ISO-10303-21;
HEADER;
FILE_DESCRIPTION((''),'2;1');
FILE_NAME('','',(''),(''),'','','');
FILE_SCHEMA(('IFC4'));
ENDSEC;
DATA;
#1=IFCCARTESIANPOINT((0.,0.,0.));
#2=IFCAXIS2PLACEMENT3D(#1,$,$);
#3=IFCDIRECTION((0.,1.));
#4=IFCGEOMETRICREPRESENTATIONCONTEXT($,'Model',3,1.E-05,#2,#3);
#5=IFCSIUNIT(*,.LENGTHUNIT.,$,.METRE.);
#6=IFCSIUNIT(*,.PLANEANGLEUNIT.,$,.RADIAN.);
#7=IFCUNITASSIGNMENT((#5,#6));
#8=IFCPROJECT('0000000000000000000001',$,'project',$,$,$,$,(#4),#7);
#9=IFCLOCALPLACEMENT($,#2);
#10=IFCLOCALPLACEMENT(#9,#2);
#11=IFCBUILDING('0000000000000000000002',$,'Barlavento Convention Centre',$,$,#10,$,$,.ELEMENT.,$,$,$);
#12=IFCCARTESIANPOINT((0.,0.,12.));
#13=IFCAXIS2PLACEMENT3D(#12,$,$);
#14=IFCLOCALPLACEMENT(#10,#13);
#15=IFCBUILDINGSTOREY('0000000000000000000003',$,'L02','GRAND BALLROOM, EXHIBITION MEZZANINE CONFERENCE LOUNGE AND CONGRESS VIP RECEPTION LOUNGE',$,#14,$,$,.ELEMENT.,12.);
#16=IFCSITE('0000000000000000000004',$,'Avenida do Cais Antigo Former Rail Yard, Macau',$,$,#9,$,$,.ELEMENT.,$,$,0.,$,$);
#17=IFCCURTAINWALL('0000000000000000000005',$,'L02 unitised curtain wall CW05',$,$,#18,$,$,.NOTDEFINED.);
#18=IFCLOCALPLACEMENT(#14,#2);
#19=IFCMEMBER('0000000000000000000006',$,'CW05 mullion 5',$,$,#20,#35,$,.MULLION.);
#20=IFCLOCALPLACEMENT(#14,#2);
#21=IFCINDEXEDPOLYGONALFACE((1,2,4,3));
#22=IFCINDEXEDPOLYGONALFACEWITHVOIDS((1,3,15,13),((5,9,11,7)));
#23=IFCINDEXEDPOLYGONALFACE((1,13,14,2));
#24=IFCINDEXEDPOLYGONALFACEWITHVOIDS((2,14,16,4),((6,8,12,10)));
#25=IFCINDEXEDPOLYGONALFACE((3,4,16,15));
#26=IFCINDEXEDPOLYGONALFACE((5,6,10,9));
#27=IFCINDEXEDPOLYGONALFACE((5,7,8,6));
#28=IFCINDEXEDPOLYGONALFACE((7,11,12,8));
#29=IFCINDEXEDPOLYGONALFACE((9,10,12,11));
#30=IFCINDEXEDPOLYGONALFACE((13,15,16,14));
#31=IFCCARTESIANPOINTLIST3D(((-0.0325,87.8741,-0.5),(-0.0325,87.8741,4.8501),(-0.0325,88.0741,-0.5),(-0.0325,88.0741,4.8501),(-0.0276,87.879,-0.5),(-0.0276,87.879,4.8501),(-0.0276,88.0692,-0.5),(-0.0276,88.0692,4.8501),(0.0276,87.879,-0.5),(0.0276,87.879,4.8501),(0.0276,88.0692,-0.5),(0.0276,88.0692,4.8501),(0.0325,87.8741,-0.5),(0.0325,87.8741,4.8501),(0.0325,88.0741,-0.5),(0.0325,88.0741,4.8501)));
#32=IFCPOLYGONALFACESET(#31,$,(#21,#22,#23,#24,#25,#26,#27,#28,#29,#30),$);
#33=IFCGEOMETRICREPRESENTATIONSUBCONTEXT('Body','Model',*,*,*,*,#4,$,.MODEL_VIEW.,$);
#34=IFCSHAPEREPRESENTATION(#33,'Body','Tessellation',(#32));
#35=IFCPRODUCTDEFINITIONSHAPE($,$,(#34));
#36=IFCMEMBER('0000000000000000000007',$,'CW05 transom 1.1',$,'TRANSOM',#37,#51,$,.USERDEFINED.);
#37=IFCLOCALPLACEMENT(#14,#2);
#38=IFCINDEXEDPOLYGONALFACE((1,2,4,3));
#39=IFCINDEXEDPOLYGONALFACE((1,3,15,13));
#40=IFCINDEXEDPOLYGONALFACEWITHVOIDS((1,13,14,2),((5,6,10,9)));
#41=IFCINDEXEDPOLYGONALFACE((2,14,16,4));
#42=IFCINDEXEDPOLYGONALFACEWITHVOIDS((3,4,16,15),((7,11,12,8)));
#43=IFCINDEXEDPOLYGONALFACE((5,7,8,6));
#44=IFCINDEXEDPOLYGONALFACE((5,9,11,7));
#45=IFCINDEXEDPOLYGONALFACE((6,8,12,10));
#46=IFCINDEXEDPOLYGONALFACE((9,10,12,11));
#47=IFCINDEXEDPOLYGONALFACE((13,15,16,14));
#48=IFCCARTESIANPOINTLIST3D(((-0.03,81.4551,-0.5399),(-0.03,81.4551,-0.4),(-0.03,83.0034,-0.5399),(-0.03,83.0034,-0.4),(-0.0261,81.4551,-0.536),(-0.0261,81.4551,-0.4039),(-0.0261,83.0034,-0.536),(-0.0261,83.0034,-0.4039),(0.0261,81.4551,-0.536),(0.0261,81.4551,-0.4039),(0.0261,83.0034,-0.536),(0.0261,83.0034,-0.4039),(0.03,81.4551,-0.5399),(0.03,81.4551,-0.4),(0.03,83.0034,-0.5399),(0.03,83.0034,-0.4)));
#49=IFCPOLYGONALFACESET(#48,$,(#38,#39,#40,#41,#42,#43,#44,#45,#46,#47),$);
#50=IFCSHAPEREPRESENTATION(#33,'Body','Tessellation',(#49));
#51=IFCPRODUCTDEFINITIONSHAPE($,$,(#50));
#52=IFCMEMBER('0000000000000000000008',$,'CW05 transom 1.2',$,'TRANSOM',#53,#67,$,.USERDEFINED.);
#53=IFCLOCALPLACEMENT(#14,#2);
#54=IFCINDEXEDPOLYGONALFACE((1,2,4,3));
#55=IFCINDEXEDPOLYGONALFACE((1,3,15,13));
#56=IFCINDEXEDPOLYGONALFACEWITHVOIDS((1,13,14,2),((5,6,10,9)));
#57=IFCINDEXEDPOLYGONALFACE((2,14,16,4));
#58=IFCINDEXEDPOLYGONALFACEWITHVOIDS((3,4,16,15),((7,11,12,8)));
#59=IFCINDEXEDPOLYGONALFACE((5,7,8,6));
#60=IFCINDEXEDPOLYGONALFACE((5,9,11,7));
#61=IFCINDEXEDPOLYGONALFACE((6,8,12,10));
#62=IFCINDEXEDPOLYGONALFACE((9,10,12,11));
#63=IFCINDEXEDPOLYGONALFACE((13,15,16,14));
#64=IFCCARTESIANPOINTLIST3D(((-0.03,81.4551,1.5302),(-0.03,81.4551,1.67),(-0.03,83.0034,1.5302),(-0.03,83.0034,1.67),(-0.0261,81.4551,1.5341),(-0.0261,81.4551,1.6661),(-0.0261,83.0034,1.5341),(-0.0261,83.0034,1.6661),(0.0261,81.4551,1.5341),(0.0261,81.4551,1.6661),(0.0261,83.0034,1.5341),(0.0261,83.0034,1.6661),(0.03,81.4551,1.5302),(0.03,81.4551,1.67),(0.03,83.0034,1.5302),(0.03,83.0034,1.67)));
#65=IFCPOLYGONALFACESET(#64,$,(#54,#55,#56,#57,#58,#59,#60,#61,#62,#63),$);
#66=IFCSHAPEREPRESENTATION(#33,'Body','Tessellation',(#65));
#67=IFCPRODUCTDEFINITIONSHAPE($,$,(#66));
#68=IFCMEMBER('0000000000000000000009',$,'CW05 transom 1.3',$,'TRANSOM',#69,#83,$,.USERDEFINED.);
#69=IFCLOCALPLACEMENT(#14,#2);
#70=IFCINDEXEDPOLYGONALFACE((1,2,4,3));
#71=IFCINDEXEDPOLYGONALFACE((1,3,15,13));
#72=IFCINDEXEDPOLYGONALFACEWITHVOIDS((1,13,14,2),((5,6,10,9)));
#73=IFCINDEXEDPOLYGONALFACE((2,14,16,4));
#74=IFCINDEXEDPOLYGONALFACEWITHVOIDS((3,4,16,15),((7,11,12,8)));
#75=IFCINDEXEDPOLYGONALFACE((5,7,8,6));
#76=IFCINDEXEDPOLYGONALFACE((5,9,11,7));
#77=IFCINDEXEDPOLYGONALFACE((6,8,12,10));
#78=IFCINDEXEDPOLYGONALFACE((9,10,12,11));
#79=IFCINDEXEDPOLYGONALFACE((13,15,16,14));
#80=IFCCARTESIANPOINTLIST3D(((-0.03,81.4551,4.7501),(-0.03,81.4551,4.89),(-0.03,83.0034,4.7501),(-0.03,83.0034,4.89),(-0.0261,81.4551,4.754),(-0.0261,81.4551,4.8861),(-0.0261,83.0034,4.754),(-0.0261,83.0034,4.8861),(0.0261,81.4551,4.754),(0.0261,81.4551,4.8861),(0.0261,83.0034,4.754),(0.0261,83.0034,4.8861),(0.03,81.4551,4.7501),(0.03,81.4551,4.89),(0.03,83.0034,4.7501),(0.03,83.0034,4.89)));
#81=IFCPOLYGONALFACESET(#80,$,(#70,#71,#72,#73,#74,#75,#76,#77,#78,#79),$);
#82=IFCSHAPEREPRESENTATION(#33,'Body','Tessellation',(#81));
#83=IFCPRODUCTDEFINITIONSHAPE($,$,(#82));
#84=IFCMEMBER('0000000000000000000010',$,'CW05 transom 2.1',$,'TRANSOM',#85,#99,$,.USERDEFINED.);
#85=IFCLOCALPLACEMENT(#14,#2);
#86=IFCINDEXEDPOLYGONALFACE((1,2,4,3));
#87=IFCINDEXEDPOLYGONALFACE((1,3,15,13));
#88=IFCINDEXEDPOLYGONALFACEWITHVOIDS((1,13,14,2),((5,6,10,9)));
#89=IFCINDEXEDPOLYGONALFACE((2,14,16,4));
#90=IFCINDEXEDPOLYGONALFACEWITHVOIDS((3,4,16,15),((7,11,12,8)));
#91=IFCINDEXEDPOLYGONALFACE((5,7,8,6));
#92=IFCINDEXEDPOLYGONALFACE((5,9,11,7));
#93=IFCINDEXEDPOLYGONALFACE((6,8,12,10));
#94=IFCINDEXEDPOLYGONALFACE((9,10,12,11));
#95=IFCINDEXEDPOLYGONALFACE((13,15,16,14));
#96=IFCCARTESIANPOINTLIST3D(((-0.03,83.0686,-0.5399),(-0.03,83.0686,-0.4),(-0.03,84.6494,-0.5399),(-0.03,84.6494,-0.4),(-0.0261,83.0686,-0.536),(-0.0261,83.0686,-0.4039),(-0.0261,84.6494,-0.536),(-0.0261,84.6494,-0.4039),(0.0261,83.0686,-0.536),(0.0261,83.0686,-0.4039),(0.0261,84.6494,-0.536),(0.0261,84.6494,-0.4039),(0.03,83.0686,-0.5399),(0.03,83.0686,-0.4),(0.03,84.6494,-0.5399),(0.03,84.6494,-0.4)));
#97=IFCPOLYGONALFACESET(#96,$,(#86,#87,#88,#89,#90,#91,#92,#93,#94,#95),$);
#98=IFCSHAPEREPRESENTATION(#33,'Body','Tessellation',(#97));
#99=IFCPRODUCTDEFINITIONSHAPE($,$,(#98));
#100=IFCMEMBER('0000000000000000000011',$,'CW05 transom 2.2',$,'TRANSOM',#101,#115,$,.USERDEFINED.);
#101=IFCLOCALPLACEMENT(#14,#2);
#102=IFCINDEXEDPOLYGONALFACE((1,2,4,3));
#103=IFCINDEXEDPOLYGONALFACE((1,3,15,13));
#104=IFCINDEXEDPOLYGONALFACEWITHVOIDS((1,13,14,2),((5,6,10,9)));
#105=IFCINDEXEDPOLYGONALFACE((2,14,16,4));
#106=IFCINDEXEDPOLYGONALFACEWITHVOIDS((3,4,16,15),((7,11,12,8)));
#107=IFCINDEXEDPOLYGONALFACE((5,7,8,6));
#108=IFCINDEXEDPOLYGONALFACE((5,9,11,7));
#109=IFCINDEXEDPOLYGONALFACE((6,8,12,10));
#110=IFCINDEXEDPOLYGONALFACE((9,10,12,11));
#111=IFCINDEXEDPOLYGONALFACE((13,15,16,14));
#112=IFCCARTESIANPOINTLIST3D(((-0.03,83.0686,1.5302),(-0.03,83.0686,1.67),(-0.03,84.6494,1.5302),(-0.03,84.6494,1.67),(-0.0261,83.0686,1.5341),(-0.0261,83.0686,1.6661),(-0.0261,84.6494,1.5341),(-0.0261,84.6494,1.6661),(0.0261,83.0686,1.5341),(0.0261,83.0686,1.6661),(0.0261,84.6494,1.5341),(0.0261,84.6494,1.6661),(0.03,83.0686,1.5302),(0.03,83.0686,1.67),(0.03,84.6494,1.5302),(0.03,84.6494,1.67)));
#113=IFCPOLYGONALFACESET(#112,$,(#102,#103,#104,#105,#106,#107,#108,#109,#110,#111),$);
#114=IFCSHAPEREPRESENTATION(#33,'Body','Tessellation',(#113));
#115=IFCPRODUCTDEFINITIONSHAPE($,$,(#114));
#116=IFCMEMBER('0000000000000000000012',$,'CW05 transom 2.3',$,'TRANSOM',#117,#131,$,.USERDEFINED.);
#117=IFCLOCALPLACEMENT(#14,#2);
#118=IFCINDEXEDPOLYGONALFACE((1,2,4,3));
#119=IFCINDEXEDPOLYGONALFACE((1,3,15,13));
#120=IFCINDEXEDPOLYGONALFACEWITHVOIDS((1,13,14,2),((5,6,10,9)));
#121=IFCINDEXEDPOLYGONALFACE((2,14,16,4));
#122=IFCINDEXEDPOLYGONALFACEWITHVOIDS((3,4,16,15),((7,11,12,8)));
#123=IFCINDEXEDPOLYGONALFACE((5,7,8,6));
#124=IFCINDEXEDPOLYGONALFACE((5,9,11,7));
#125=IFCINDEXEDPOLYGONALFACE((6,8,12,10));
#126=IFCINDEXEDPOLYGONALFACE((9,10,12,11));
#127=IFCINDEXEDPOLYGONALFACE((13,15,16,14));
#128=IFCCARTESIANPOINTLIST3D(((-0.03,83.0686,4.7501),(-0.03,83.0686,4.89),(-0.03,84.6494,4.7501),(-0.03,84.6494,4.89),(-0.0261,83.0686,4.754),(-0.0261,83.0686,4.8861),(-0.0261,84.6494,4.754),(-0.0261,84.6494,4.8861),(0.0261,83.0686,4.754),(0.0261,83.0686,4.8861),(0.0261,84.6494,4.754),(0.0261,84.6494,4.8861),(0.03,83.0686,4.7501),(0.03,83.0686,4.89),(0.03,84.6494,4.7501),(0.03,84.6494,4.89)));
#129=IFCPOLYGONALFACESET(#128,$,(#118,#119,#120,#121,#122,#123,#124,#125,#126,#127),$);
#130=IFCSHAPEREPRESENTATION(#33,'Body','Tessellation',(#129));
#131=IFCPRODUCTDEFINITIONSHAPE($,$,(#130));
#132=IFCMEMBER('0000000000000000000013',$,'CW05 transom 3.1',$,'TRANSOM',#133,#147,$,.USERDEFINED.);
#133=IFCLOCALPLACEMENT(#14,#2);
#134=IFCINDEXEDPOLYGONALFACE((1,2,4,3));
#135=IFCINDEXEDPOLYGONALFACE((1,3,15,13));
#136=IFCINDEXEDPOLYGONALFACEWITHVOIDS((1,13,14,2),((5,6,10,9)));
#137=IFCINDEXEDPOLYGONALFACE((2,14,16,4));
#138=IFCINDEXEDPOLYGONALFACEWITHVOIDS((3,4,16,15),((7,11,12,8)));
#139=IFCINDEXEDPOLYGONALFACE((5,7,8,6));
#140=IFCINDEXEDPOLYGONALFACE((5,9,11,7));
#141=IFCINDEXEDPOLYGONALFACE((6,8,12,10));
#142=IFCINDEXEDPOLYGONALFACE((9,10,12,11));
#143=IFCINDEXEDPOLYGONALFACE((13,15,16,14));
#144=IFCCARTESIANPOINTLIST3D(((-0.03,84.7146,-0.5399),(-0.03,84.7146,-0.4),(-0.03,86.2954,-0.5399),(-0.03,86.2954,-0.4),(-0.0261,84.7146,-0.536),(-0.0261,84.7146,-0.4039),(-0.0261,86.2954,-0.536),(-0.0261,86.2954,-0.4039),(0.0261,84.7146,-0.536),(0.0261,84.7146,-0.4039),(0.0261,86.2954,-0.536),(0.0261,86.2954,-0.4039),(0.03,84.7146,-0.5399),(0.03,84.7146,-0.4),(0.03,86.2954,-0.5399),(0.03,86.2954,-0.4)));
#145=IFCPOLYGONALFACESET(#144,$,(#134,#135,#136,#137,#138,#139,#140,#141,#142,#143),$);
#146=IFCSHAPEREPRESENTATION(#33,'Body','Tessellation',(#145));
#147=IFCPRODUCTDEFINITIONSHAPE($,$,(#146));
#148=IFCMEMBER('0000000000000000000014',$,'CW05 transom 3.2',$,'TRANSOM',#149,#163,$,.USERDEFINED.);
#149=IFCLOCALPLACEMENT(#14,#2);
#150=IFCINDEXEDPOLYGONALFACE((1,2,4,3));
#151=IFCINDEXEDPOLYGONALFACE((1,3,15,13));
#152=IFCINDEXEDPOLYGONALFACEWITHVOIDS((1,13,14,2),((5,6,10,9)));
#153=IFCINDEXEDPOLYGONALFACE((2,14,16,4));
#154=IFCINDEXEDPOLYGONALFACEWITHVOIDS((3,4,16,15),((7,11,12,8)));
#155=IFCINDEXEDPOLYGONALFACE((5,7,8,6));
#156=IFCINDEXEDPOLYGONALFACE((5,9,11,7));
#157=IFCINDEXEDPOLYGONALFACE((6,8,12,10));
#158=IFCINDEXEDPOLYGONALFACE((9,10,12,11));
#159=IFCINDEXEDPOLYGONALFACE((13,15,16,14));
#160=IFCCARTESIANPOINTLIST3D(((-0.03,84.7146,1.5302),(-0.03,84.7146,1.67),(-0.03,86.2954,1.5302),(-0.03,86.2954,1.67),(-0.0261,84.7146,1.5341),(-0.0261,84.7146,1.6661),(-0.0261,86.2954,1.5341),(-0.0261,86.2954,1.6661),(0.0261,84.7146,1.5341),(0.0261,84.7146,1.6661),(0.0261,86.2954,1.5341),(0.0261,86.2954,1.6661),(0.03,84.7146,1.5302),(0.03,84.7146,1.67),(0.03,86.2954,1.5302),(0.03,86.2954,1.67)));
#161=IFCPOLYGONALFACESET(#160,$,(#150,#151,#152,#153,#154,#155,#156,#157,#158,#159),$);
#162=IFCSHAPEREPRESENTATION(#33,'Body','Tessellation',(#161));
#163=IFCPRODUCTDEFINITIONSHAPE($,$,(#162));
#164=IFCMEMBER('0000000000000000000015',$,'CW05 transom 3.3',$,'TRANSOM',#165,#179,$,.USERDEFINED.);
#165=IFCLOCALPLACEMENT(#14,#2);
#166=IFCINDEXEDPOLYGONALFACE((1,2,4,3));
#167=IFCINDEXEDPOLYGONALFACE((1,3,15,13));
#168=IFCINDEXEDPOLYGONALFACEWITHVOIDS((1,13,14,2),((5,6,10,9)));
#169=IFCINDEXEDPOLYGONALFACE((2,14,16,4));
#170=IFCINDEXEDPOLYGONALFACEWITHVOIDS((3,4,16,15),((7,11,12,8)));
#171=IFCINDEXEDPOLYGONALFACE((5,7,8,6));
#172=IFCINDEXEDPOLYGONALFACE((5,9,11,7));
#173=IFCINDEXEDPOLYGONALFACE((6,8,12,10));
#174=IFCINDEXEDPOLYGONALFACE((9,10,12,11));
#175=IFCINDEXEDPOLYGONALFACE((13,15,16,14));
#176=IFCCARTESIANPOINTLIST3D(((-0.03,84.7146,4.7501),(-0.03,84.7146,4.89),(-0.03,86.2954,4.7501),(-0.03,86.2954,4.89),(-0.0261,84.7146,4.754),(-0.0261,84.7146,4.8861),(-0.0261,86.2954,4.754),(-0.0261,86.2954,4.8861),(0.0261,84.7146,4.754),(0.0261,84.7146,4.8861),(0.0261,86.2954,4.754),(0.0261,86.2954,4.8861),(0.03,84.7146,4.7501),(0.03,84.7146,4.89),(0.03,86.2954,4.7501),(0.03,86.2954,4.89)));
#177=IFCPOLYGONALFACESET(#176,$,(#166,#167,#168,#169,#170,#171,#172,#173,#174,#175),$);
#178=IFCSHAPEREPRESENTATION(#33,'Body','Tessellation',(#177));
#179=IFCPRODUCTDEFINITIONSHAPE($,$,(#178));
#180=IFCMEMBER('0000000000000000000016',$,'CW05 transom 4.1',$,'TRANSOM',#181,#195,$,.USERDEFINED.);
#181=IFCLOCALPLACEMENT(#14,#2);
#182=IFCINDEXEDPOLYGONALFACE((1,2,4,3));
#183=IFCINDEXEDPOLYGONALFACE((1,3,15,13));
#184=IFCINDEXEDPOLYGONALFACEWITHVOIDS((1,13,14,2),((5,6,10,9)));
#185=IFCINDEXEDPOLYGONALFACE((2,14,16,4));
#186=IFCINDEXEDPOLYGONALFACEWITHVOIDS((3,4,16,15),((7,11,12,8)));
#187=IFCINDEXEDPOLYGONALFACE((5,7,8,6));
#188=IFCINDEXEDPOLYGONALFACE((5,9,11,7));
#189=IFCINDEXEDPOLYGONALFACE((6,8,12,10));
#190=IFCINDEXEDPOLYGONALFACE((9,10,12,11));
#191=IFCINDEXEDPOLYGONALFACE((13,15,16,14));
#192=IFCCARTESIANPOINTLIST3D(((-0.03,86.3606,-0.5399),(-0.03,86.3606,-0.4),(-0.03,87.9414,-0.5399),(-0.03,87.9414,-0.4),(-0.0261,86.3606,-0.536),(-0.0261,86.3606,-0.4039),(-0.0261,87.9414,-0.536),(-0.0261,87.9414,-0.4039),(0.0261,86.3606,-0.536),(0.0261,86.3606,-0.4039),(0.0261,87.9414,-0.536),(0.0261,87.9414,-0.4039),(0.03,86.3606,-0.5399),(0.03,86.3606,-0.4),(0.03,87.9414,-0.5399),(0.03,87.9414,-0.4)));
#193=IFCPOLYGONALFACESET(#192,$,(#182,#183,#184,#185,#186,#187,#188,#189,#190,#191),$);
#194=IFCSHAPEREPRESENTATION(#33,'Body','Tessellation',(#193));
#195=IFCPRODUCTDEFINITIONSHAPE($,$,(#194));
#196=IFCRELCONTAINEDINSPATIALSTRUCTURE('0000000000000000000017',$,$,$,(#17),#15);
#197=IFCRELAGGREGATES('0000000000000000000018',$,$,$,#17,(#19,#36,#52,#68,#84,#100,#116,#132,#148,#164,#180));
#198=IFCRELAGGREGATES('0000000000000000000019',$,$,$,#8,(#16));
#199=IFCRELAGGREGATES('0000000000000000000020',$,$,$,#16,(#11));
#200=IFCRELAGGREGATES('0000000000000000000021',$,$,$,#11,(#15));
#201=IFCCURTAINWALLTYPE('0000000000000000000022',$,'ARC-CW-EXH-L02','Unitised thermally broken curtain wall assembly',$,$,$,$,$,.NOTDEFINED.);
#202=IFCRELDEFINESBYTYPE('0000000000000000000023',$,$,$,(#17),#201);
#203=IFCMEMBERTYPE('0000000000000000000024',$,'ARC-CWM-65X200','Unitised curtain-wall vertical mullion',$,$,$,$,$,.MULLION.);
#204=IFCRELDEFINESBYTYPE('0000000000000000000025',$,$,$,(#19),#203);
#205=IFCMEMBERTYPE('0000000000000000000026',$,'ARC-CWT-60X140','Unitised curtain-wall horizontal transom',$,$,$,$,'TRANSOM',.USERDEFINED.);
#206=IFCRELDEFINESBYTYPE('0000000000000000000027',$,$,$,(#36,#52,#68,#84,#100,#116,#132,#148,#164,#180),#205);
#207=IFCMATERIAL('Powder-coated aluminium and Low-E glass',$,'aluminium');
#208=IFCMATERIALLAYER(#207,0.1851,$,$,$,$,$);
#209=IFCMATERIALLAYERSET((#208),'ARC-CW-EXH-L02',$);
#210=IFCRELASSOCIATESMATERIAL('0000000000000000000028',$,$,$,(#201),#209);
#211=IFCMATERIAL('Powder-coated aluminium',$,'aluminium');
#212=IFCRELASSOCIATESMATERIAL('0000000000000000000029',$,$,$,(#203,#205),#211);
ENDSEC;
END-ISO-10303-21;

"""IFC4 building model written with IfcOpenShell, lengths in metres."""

from ifc_helpers import new_model, si_unit, direction, frame, origin, origin_2d, place, context, subcontext, project, spatial, hollow_rectangle, extrude, material, layer, layer_set, material_profile, profile_set, type_object, element, aggregate, save


model = new_model("IFC4")

# Units and contexts
model_context = context("Model", 3, precision=1e-05, world=origin(), true_north=direction((0.0, 1.0)))
body_context = subcontext(model_context, "Body", "Model", "MODEL_VIEW")
ifc_project = project(units=[si_unit("LENGTHUNIT", "METRE"), si_unit("PLANEANGLEUNIT", "RADIAN")], contexts=[model_context])

# Site, building, storey
site_placement = place(None, origin())
site = spatial("IfcSite", under=ifc_project, at=site_placement, Name="Avenida do Cais Antigo Former Rail Yard, Macau", CompositionType="ELEMENT", RefElevation=0.0)
building_placement = place(site_placement, origin())
building = spatial("IfcBuilding", under=site, at=building_placement, Name="Barlavento Convention Centre", CompositionType="ELEMENT")
storey_placement = place(building_placement, frame((0.0, 0.0, 12.0)))
storey = spatial("IfcBuildingStorey", under=building, at=storey_placement, Name="L02", Description="GRAND BALLROOM, EXHIBITION MEZZANINE CONFERENCE LOUNGE AND CONGRESS VIP RECEPTION LOUNGE", CompositionType="ELEMENT", Elevation=12.0)

# Shared definitions
ifc_material_1 = material(Name="Powder-coated aluminium and Low-E glass", Category="aluminium")
ifc_layer_1 = layer(ifc_material_1, 0.1851)
ifc_layer_set_1 = layer_set([ifc_layer_1], Name="ARC-CW-EXH-L02")
curtain_wall_type = type_object("IfcCurtainWallType", Name="ARC-CW-EXH-L02", Description="Unitised thermally broken curtain wall assembly", PredefinedType="NOTDEFINED", material=ifc_layer_set_1)
ifc_material_2 = material(Name="Powder-coated aluminium", Category="aluminium")
ifc_material_profile_1 = material_profile(ifc_material_2, hollow_rectangle(XDim=0.0649, YDim=0.2, WallThickness=0.0049, at=origin_2d()), Name="AL-MULL 65x200x5")
ifc_profile_set_1 = profile_set([ifc_material_profile_1], Name="Powder-coated aluminium")
member_type_1 = type_object("IfcMemberType", Name="ARC-CWM-65X200", Description="Unitised curtain-wall vertical mullion", PredefinedType="MULLION", material=ifc_profile_set_1)

# Curtain wall, members
curtain_wall_1_placement = place(storey_placement, origin())
curtain_wall_1 = element("IfcCurtainWall", 1, at=curtain_wall_1_placement, inside=storey, type_object=curtain_wall_type, Name="L02 unitised curtain wall CW05", PredefinedType="NOTDEFINED")
member_1_placement = place(storey_placement, frame((0.0, 87.9741, -0.5), z_axis=(0.0, 0.0, 1.0), x_axis=(-1.0, 0.0, 0.0)))
member_1 = element("IfcMember", 2, at=member_1_placement, type_object=member_type_1, Name="CW05 mullion 5", PredefinedType="MULLION", context=body_context, shape_type="SweptSolid", body=[
    extrude(hollow_rectangle(XDim=0.0649, YDim=0.2, WallThickness=0.0049, at=origin_2d()), origin(), (0.0, 0.0, 1.0), 5.3501),
])
ifc_material_profile_2 = material_profile(ifc_material_2, hollow_rectangle(XDim=0.0601, YDim=0.1399, WallThickness=0.0039, at=origin_2d()), Name="AL-TRAN 60x140x4")
ifc_profile_set_2 = profile_set([ifc_material_profile_2], Name="Powder-coated aluminium")
member_type_2 = type_object("IfcMemberType", Name="ARC-CWT-60X140", Description="Unitised curtain-wall horizontal transom", ElementType="TRANSOM", PredefinedType="USERDEFINED", material=ifc_profile_set_2)
member_2_placement = place(storey_placement, frame((0.0, 81.4551, -0.47), z_axis=(0.0, 1.0, 0.0), x_axis=(-1.0, 0.0, 0.0)))
member_2 = element("IfcMember", 3, at=member_2_placement, type_object=member_type_2, Name="CW05 transom 1.1", ObjectType="TRANSOM", PredefinedType="USERDEFINED", context=body_context, shape_type="SweptSolid", body=[
    extrude(hollow_rectangle(XDim=0.0601, YDim=0.1399, WallThickness=0.0039, at=origin_2d()), origin(), (0.0, 0.0, 1.0), 1.5483),
])
member_3_placement = place(storey_placement, frame((0.0, 81.4551, 1.6001), z_axis=(0.0, 1.0, 0.0), x_axis=(-1.0, 0.0, 0.0)))
member_3 = element("IfcMember", 4, at=member_3_placement, type_object=member_type_2, Name="CW05 transom 1.2", ObjectType="TRANSOM", PredefinedType="USERDEFINED", context=body_context, shape_type="SweptSolid", body=[
    extrude(hollow_rectangle(XDim=0.0601, YDim=0.1399, WallThickness=0.0039, at=origin_2d()), origin(), (0.0, 0.0, 1.0), 1.5483),
])
member_4_placement = place(storey_placement, frame((0.0, 81.4551, 4.8201), z_axis=(0.0, 1.0, 0.0), x_axis=(-1.0, 0.0, 0.0)))
member_4 = element("IfcMember", 5, at=member_4_placement, type_object=member_type_2, Name="CW05 transom 1.3", ObjectType="TRANSOM", PredefinedType="USERDEFINED", context=body_context, shape_type="SweptSolid", body=[
    extrude(hollow_rectangle(XDim=0.0601, YDim=0.1399, WallThickness=0.0039, at=origin_2d()), origin(), (0.0, 0.0, 1.0), 1.5483),
])
member_5_placement = place(storey_placement, frame((0.0, 83.0686, -0.47), z_axis=(0.0, 1.0, 0.0), x_axis=(-1.0, 0.0, 0.0)))
member_5 = element("IfcMember", 6, at=member_5_placement, type_object=member_type_2, Name="CW05 transom 2.1", ObjectType="TRANSOM", PredefinedType="USERDEFINED", context=body_context, shape_type="SweptSolid", body=[
    extrude(hollow_rectangle(XDim=0.0601, YDim=0.1399, WallThickness=0.0039, at=origin_2d()), origin(), (0.0, 0.0, 1.0), 1.5808),
])
member_6_placement = place(storey_placement, frame((0.0, 83.0686, 1.6001), z_axis=(0.0, 1.0, 0.0), x_axis=(-1.0, 0.0, 0.0)))
member_6 = element("IfcMember", 7, at=member_6_placement, type_object=member_type_2, Name="CW05 transom 2.2", ObjectType="TRANSOM", PredefinedType="USERDEFINED", context=body_context, shape_type="SweptSolid", body=[
    extrude(hollow_rectangle(XDim=0.0601, YDim=0.1399, WallThickness=0.0039, at=origin_2d()), origin(), (0.0, 0.0, 1.0), 1.5808),
])
member_7_placement = place(storey_placement, frame((0.0, 83.0686, 4.8201), z_axis=(0.0, 1.0, 0.0), x_axis=(-1.0, 0.0, 0.0)))
member_7 = element("IfcMember", 8, at=member_7_placement, type_object=member_type_2, Name="CW05 transom 2.3", ObjectType="TRANSOM", PredefinedType="USERDEFINED", context=body_context, shape_type="SweptSolid", body=[
    extrude(hollow_rectangle(XDim=0.0601, YDim=0.1399, WallThickness=0.0039, at=origin_2d()), origin(), (0.0, 0.0, 1.0), 1.5808),
])
member_8_placement = place(storey_placement, frame((0.0, 84.7146, -0.47), z_axis=(0.0, 1.0, 0.0), x_axis=(-1.0, 0.0, 0.0)))
member_8 = element("IfcMember", 9, at=member_8_placement, type_object=member_type_2, Name="CW05 transom 3.1", ObjectType="TRANSOM", PredefinedType="USERDEFINED", context=body_context, shape_type="SweptSolid", body=[
    extrude(hollow_rectangle(XDim=0.0601, YDim=0.1399, WallThickness=0.0039, at=origin_2d()), origin(), (0.0, 0.0, 1.0), 1.5808),
])
member_9_placement = place(storey_placement, frame((0.0, 84.7146, 1.6001), z_axis=(0.0, 1.0, 0.0), x_axis=(-1.0, 0.0, 0.0)))
member_9 = element("IfcMember", 10, at=member_9_placement, type_object=member_type_2, Name="CW05 transom 3.2", ObjectType="TRANSOM", PredefinedType="USERDEFINED", context=body_context, shape_type="SweptSolid", body=[
    extrude(hollow_rectangle(XDim=0.0601, YDim=0.1399, WallThickness=0.0039, at=origin_2d()), origin(), (0.0, 0.0, 1.0), 1.5808),
])
member_10_placement = place(storey_placement, frame((0.0, 84.7146, 4.8201), z_axis=(0.0, 1.0, 0.0), x_axis=(-1.0, 0.0, 0.0)))
member_10 = element("IfcMember", 11, at=member_10_placement, type_object=member_type_2, Name="CW05 transom 3.3", ObjectType="TRANSOM", PredefinedType="USERDEFINED", context=body_context, shape_type="SweptSolid", body=[
    extrude(hollow_rectangle(XDim=0.0601, YDim=0.1399, WallThickness=0.0039, at=origin_2d()), origin(), (0.0, 0.0, 1.0), 1.5808),
])
member_11_placement = place(storey_placement, frame((0.0, 86.3606, -0.47), z_axis=(0.0, 1.0, 0.0), x_axis=(-1.0, 0.0, 0.0)))
member_11 = element("IfcMember", 12, at=member_11_placement, type_object=member_type_2, Name="CW05 transom 4.1", ObjectType="TRANSOM", PredefinedType="USERDEFINED", context=body_context, shape_type="SweptSolid", body=[
    extrude(hollow_rectangle(XDim=0.0601, YDim=0.1399, WallThickness=0.0039, at=origin_2d()), origin(), (0.0, 0.0, 1.0), 1.5808),
])

aggregate(curtain_wall_1, [member_1, member_2, member_3, member_4, member_5, member_6, member_7, member_8, member_9, member_10, member_11])

save(model, "model.ifc")
